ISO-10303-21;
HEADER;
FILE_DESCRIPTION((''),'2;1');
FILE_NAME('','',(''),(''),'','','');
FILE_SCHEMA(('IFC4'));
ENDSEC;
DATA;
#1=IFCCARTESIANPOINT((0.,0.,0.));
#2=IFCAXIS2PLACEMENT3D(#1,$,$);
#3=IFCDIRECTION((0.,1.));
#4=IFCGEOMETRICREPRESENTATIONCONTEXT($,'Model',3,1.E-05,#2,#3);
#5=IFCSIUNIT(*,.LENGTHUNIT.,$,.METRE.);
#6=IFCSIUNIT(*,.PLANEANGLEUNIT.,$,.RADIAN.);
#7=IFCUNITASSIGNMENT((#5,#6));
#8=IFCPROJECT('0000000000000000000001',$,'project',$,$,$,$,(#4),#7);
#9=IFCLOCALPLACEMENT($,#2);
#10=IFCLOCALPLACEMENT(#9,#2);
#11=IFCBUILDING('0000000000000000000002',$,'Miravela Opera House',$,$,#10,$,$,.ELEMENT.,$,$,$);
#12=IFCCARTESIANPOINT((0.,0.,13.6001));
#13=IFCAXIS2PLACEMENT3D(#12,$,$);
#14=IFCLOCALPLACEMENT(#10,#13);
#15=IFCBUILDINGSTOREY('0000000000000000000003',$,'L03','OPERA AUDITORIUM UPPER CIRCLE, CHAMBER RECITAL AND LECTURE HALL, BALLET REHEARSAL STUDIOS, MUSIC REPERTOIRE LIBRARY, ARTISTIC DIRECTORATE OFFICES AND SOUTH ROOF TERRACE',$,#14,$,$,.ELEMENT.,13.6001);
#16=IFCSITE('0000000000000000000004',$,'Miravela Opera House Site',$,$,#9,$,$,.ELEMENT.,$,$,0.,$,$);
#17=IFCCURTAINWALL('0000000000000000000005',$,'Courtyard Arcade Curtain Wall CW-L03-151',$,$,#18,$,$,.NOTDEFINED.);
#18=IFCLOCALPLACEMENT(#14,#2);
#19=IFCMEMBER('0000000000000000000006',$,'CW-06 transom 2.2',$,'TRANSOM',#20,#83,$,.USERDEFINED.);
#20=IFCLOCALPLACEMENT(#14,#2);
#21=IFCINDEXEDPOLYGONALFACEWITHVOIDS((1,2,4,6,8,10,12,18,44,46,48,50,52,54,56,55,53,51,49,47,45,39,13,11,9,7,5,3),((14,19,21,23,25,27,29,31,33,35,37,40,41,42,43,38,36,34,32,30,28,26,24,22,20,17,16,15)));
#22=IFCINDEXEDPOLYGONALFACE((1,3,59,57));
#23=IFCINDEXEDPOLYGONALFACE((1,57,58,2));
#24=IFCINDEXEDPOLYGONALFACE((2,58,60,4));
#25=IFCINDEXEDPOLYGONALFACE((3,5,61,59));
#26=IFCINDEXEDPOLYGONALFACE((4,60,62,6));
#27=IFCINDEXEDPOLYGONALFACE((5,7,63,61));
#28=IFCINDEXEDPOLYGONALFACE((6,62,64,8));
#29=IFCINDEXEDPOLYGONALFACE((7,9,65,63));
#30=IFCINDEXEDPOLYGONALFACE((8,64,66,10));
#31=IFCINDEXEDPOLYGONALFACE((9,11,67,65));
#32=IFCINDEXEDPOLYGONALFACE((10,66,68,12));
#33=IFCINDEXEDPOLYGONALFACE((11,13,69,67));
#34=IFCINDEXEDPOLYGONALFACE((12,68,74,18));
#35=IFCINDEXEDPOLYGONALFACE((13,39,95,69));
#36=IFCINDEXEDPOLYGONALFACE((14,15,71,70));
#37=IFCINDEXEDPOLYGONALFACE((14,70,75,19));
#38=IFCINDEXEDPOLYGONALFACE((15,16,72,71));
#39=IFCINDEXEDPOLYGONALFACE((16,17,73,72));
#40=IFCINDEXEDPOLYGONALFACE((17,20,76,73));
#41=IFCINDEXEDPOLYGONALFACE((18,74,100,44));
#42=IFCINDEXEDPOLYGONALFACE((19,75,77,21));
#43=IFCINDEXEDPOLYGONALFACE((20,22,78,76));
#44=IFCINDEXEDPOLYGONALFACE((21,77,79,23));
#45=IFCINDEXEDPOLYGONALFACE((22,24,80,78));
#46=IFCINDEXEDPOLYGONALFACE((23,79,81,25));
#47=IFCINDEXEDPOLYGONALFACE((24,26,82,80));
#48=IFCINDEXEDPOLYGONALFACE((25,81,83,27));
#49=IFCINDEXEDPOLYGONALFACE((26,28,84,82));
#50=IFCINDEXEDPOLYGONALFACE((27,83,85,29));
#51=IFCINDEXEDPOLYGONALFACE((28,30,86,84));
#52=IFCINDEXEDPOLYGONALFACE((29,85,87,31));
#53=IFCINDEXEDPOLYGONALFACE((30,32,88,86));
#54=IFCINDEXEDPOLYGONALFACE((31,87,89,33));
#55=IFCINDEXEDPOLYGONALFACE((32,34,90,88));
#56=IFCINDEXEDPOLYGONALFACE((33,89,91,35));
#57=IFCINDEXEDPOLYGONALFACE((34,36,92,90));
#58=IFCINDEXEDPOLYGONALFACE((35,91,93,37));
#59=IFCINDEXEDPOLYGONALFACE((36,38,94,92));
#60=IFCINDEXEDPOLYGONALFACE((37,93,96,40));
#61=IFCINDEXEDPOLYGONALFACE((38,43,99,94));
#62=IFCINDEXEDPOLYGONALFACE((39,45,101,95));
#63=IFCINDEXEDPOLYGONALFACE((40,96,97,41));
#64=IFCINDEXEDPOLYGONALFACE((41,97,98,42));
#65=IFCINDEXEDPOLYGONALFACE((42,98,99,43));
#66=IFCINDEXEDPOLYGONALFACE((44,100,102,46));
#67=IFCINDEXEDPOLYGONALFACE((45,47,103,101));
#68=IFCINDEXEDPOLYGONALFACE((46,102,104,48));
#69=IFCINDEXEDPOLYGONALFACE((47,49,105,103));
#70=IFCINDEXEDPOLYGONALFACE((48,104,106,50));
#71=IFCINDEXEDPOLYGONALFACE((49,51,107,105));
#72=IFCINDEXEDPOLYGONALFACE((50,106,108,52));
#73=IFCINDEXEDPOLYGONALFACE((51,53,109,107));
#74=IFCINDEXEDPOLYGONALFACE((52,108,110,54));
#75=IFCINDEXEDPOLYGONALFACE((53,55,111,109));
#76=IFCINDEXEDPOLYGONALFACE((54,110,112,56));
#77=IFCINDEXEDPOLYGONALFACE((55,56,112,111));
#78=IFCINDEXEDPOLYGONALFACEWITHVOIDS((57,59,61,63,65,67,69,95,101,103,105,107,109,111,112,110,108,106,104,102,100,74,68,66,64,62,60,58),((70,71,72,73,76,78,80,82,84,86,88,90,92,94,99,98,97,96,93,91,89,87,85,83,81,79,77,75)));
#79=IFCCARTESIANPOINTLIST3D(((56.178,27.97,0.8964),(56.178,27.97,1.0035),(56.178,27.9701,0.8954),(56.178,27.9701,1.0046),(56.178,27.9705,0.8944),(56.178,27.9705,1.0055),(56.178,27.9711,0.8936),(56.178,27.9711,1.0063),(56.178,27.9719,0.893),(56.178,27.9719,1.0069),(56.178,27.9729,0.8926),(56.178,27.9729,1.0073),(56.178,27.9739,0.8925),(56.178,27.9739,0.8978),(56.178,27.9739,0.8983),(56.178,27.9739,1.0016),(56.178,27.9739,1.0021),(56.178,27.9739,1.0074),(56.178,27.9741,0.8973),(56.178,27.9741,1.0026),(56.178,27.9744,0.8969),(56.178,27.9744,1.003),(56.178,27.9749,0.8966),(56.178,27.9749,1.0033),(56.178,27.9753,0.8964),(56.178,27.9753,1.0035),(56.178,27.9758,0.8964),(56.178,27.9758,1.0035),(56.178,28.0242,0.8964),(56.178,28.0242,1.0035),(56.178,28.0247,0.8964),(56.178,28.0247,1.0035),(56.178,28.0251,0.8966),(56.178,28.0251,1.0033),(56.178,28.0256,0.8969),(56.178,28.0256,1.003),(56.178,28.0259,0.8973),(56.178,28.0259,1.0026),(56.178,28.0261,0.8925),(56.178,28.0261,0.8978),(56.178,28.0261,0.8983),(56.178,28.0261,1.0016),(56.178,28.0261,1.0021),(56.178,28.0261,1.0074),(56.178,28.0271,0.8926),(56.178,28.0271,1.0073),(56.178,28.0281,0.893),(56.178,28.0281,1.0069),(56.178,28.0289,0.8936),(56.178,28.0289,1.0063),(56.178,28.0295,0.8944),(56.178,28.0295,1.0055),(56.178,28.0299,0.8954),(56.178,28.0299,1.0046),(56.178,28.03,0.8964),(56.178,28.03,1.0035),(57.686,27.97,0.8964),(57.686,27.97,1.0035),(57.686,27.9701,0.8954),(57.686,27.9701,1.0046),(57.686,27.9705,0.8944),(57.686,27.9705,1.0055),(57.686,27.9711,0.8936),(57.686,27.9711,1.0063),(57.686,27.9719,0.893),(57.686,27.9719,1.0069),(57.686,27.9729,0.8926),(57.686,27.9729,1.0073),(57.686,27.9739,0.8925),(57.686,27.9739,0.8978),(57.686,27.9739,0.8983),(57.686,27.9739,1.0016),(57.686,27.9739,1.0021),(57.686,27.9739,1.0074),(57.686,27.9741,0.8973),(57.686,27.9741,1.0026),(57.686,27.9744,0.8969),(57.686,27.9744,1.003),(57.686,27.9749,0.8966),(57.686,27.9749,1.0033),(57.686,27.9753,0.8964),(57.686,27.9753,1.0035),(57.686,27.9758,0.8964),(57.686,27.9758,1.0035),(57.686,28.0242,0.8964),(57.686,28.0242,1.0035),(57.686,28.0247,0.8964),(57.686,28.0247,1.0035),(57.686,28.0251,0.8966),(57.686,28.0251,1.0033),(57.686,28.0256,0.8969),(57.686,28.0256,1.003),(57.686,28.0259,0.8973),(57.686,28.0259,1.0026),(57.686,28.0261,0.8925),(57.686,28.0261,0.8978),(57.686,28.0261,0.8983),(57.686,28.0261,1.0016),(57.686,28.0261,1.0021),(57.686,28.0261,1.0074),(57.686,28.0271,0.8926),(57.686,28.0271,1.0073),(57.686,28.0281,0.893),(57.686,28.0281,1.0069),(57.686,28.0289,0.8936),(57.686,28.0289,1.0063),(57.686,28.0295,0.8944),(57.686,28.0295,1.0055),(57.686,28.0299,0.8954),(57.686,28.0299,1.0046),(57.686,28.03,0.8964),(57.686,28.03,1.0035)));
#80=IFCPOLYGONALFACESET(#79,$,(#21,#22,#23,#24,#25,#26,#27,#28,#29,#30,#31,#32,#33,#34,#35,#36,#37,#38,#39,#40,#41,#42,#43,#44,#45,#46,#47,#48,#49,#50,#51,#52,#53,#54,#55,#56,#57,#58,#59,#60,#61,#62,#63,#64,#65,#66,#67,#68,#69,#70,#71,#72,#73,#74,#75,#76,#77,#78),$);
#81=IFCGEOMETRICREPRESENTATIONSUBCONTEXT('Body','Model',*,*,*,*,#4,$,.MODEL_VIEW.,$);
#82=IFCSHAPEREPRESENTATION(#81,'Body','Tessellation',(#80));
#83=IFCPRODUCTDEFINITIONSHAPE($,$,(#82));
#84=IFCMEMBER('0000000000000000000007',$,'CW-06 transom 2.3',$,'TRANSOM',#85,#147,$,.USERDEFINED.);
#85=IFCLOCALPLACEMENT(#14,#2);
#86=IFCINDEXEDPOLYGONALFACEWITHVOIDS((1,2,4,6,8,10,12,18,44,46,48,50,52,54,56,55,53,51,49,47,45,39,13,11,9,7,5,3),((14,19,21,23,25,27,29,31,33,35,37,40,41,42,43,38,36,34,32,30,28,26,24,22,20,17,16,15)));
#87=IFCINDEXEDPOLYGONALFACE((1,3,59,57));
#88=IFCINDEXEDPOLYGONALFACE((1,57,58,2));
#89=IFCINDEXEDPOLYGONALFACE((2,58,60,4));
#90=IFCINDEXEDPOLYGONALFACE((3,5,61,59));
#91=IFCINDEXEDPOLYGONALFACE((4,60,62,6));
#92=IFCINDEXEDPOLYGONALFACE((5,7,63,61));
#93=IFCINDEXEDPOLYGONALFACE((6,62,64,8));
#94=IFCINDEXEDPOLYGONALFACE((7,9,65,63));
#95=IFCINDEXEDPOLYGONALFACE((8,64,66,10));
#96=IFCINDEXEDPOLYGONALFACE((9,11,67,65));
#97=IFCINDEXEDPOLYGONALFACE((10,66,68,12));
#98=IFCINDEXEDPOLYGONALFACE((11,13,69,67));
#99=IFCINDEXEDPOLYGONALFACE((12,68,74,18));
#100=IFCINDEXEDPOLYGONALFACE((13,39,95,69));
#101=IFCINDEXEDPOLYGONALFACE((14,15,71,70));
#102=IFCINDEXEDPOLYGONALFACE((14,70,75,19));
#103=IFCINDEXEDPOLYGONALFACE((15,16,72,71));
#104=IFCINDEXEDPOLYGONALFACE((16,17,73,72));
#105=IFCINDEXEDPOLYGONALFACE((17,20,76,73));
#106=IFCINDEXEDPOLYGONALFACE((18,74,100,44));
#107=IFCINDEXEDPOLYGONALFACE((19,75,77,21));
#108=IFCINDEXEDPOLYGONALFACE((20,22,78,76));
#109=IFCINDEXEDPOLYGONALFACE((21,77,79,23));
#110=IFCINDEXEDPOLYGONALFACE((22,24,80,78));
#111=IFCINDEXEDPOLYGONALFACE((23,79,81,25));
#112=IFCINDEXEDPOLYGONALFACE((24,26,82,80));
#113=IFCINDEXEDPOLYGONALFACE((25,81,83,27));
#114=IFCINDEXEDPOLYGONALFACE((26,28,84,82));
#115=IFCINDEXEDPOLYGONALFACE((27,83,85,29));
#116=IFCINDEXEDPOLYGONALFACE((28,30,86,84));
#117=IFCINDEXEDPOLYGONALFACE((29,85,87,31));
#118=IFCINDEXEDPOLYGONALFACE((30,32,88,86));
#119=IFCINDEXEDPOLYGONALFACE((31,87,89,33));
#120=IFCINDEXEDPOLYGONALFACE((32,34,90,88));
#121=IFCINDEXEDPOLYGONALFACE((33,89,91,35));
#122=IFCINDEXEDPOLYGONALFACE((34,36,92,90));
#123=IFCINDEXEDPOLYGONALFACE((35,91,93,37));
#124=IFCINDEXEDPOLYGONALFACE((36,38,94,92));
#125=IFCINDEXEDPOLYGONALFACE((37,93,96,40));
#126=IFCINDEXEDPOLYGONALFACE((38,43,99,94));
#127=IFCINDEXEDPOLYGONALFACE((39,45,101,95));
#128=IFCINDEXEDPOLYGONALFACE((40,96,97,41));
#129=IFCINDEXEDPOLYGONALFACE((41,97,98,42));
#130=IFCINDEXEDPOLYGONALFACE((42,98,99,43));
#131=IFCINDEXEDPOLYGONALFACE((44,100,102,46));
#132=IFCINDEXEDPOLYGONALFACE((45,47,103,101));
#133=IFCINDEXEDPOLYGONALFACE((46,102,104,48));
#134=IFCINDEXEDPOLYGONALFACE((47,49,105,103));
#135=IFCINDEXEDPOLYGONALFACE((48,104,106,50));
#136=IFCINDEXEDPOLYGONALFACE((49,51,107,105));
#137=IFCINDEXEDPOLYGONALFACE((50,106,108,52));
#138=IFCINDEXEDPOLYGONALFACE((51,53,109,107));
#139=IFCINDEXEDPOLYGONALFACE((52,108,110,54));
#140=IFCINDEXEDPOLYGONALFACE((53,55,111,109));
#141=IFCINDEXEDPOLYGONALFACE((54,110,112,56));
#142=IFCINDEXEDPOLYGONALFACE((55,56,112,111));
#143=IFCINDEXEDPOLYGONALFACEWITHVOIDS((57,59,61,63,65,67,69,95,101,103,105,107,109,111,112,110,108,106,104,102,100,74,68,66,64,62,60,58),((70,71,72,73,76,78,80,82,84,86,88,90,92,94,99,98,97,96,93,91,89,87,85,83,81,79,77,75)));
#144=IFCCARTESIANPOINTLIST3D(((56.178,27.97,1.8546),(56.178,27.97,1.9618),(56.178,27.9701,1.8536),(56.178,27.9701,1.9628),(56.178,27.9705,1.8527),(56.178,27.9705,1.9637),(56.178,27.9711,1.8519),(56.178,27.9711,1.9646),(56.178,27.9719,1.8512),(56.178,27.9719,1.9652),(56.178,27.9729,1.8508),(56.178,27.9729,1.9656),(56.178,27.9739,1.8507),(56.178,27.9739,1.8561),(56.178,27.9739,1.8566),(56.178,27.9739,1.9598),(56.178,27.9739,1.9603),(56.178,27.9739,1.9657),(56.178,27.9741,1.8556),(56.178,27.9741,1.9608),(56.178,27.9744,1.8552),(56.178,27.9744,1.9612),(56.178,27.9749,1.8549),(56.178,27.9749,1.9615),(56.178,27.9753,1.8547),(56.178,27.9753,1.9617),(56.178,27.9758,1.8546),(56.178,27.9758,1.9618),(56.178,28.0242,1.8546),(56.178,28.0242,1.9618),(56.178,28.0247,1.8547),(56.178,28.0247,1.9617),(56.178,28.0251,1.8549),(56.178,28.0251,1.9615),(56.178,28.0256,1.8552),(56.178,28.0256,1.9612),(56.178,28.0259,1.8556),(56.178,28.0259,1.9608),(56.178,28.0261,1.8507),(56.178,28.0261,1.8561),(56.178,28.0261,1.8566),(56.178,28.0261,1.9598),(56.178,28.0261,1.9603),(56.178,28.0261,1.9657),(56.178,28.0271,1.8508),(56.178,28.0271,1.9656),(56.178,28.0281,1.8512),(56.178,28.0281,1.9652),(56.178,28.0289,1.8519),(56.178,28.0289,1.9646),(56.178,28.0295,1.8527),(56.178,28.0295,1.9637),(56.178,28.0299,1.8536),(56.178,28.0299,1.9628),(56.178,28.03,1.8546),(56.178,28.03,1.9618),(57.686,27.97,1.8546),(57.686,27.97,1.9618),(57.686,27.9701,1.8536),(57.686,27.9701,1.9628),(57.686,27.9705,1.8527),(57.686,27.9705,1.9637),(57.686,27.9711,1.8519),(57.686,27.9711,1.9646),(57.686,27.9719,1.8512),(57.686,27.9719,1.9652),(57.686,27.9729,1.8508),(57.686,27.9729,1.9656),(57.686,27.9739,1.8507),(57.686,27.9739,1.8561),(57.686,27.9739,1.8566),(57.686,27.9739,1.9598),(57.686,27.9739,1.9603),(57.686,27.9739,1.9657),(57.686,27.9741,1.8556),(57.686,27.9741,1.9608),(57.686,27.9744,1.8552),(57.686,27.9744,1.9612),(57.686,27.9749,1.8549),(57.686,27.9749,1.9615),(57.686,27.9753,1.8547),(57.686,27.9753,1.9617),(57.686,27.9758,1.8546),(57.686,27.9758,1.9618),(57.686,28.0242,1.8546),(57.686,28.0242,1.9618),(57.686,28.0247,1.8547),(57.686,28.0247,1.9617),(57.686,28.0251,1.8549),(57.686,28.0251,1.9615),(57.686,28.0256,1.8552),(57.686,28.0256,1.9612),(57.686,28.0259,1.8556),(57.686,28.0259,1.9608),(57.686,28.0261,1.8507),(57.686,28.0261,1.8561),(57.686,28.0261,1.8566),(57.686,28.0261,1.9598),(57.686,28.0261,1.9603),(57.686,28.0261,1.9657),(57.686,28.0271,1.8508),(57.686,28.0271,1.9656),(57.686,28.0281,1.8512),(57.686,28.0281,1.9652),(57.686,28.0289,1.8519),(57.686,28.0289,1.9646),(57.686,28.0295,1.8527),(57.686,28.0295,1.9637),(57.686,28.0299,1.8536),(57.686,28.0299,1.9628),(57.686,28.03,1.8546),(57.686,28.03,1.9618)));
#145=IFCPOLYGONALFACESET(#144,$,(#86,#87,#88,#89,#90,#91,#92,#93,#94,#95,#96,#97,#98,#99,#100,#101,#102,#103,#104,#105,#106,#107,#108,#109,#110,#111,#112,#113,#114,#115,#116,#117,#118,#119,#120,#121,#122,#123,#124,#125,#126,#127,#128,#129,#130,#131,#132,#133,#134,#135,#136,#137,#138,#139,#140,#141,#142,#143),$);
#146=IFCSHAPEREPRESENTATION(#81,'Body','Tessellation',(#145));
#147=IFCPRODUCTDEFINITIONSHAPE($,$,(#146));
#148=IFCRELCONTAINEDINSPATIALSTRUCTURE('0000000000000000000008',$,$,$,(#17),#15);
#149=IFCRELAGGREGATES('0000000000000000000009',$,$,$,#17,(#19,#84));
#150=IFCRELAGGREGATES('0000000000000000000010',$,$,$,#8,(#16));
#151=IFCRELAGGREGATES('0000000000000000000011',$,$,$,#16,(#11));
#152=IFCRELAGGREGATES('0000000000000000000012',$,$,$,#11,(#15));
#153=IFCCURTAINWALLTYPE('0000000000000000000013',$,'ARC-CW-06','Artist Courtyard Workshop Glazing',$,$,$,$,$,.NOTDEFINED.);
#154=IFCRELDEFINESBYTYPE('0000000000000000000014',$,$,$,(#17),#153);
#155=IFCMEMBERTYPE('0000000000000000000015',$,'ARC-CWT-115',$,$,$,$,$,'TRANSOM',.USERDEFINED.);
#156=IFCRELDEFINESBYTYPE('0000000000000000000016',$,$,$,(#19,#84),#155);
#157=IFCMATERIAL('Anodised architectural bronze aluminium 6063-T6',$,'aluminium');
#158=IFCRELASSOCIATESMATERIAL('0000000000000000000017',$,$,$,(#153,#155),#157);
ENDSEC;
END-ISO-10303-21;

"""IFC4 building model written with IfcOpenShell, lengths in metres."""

from ifc_helpers import new_model, si_unit, direction, frame, origin, origin_2d, place, context, subcontext, project, spatial, hollow_rectangle, extrude, material, material_profile, profile_set, type_object, element, aggregate, save


model = new_model("IFC4")

# Units and contexts
model_context = context("Model", 3, precision=1e-05, world=origin(), true_north=direction((0.0, 1.0)))
body_context = subcontext(model_context, "Body", "Model", "MODEL_VIEW")
ifc_project = project(units=[si_unit("LENGTHUNIT", "METRE"), si_unit("PLANEANGLEUNIT", "RADIAN")], contexts=[model_context])

# Site, building, storey
site_placement = place(None, origin())
site = spatial("IfcSite", under=ifc_project, at=site_placement, Name="Miravela Opera House Site", CompositionType="ELEMENT", RefElevation=0.0)
building_placement = place(site_placement, origin())
building = spatial("IfcBuilding", under=site, at=building_placement, Name="Miravela Opera House", CompositionType="ELEMENT")
storey_placement = place(building_placement, frame((0.0, 0.0, 13.6001)))
storey = spatial("IfcBuildingStorey", under=building, at=storey_placement, Name="L03", Description="OPERA AUDITORIUM UPPER CIRCLE, CHAMBER RECITAL AND LECTURE HALL, BALLET REHEARSAL STUDIOS, MUSIC REPERTOIRE LIBRARY, ARTISTIC DIRECTORATE OFFICES AND SOUTH ROOF TERRACE", CompositionType="ELEMENT", Elevation=13.6001)

# Shared definitions
ifc_material_1 = material(Name="Anodised architectural bronze aluminium 6063-T6", Category="aluminium")
curtain_wall_type = type_object("IfcCurtainWallType", Name="ARC-CW-06", Description="Artist Courtyard Workshop Glazing", PredefinedType="NOTDEFINED", material=ifc_material_1)

# Curtain wall
curtain_wall_1_placement = place(storey_placement, origin())
curtain_wall_1 = element("IfcCurtainWall", 1, at=curtain_wall_1_placement, inside=storey, type_object=curtain_wall_type, Name="Courtyard Arcade Curtain Wall CW-L03-151", PredefinedType="NOTDEFINED")

# Members
ifc_material_profile_1 = material_profile(ifc_material_1, hollow_rectangle(XDim=0.0601, YDim=0.115, WallThickness=0.0039, InnerFilletRadius=0.002, OuterFilletRadius=0.0039, at=origin_2d()), Name="CWT-60X115")
ifc_profile_set_1 = profile_set([ifc_material_profile_1])
member_type_1 = type_object("IfcMemberType", Name="ARC-CWT-115", ElementType="TRANSOM", PredefinedType="USERDEFINED", material=ifc_profile_set_1)
member_1_placement = place(storey_placement, frame((56.178, 28.0, 0.95), z_axis=(1.0, 0.0, 0.0), x_axis=(0.0, 1.0, 0.0)))
member_1 = element("IfcMember", 2, at=member_1_placement, type_object=member_type_1, Name="CW-06 transom 2.2", ObjectType="TRANSOM", PredefinedType="USERDEFINED", context=body_context, shape_type="SweptSolid", body=[
    extrude(hollow_rectangle(XDim=0.0601, YDim=0.115, WallThickness=0.0039, InnerFilletRadius=0.002, OuterFilletRadius=0.0039, at=origin_2d()), origin(), (0.0, 0.0, 1.0), 1.5081),
])
member_2_placement = place(storey_placement, frame((56.178, 28.0, 1.9082), z_axis=(1.0, 0.0, 0.0), x_axis=(0.0, 1.0, 0.0)))
member_2 = element("IfcMember", 3, at=member_2_placement, type_object=member_type_1, Name="CW-06 transom 2.3", ObjectType="TRANSOM", PredefinedType="USERDEFINED", context=body_context, shape_type="SweptSolid", body=[
    extrude(hollow_rectangle(XDim=0.0601, YDim=0.115, WallThickness=0.0039, InnerFilletRadius=0.002, OuterFilletRadius=0.0039, at=origin_2d()), origin(), (0.0, 0.0, 1.0), 1.5081),
])

aggregate(curtain_wall_1, [member_1, member_2])

save(model, "model.ifc")
